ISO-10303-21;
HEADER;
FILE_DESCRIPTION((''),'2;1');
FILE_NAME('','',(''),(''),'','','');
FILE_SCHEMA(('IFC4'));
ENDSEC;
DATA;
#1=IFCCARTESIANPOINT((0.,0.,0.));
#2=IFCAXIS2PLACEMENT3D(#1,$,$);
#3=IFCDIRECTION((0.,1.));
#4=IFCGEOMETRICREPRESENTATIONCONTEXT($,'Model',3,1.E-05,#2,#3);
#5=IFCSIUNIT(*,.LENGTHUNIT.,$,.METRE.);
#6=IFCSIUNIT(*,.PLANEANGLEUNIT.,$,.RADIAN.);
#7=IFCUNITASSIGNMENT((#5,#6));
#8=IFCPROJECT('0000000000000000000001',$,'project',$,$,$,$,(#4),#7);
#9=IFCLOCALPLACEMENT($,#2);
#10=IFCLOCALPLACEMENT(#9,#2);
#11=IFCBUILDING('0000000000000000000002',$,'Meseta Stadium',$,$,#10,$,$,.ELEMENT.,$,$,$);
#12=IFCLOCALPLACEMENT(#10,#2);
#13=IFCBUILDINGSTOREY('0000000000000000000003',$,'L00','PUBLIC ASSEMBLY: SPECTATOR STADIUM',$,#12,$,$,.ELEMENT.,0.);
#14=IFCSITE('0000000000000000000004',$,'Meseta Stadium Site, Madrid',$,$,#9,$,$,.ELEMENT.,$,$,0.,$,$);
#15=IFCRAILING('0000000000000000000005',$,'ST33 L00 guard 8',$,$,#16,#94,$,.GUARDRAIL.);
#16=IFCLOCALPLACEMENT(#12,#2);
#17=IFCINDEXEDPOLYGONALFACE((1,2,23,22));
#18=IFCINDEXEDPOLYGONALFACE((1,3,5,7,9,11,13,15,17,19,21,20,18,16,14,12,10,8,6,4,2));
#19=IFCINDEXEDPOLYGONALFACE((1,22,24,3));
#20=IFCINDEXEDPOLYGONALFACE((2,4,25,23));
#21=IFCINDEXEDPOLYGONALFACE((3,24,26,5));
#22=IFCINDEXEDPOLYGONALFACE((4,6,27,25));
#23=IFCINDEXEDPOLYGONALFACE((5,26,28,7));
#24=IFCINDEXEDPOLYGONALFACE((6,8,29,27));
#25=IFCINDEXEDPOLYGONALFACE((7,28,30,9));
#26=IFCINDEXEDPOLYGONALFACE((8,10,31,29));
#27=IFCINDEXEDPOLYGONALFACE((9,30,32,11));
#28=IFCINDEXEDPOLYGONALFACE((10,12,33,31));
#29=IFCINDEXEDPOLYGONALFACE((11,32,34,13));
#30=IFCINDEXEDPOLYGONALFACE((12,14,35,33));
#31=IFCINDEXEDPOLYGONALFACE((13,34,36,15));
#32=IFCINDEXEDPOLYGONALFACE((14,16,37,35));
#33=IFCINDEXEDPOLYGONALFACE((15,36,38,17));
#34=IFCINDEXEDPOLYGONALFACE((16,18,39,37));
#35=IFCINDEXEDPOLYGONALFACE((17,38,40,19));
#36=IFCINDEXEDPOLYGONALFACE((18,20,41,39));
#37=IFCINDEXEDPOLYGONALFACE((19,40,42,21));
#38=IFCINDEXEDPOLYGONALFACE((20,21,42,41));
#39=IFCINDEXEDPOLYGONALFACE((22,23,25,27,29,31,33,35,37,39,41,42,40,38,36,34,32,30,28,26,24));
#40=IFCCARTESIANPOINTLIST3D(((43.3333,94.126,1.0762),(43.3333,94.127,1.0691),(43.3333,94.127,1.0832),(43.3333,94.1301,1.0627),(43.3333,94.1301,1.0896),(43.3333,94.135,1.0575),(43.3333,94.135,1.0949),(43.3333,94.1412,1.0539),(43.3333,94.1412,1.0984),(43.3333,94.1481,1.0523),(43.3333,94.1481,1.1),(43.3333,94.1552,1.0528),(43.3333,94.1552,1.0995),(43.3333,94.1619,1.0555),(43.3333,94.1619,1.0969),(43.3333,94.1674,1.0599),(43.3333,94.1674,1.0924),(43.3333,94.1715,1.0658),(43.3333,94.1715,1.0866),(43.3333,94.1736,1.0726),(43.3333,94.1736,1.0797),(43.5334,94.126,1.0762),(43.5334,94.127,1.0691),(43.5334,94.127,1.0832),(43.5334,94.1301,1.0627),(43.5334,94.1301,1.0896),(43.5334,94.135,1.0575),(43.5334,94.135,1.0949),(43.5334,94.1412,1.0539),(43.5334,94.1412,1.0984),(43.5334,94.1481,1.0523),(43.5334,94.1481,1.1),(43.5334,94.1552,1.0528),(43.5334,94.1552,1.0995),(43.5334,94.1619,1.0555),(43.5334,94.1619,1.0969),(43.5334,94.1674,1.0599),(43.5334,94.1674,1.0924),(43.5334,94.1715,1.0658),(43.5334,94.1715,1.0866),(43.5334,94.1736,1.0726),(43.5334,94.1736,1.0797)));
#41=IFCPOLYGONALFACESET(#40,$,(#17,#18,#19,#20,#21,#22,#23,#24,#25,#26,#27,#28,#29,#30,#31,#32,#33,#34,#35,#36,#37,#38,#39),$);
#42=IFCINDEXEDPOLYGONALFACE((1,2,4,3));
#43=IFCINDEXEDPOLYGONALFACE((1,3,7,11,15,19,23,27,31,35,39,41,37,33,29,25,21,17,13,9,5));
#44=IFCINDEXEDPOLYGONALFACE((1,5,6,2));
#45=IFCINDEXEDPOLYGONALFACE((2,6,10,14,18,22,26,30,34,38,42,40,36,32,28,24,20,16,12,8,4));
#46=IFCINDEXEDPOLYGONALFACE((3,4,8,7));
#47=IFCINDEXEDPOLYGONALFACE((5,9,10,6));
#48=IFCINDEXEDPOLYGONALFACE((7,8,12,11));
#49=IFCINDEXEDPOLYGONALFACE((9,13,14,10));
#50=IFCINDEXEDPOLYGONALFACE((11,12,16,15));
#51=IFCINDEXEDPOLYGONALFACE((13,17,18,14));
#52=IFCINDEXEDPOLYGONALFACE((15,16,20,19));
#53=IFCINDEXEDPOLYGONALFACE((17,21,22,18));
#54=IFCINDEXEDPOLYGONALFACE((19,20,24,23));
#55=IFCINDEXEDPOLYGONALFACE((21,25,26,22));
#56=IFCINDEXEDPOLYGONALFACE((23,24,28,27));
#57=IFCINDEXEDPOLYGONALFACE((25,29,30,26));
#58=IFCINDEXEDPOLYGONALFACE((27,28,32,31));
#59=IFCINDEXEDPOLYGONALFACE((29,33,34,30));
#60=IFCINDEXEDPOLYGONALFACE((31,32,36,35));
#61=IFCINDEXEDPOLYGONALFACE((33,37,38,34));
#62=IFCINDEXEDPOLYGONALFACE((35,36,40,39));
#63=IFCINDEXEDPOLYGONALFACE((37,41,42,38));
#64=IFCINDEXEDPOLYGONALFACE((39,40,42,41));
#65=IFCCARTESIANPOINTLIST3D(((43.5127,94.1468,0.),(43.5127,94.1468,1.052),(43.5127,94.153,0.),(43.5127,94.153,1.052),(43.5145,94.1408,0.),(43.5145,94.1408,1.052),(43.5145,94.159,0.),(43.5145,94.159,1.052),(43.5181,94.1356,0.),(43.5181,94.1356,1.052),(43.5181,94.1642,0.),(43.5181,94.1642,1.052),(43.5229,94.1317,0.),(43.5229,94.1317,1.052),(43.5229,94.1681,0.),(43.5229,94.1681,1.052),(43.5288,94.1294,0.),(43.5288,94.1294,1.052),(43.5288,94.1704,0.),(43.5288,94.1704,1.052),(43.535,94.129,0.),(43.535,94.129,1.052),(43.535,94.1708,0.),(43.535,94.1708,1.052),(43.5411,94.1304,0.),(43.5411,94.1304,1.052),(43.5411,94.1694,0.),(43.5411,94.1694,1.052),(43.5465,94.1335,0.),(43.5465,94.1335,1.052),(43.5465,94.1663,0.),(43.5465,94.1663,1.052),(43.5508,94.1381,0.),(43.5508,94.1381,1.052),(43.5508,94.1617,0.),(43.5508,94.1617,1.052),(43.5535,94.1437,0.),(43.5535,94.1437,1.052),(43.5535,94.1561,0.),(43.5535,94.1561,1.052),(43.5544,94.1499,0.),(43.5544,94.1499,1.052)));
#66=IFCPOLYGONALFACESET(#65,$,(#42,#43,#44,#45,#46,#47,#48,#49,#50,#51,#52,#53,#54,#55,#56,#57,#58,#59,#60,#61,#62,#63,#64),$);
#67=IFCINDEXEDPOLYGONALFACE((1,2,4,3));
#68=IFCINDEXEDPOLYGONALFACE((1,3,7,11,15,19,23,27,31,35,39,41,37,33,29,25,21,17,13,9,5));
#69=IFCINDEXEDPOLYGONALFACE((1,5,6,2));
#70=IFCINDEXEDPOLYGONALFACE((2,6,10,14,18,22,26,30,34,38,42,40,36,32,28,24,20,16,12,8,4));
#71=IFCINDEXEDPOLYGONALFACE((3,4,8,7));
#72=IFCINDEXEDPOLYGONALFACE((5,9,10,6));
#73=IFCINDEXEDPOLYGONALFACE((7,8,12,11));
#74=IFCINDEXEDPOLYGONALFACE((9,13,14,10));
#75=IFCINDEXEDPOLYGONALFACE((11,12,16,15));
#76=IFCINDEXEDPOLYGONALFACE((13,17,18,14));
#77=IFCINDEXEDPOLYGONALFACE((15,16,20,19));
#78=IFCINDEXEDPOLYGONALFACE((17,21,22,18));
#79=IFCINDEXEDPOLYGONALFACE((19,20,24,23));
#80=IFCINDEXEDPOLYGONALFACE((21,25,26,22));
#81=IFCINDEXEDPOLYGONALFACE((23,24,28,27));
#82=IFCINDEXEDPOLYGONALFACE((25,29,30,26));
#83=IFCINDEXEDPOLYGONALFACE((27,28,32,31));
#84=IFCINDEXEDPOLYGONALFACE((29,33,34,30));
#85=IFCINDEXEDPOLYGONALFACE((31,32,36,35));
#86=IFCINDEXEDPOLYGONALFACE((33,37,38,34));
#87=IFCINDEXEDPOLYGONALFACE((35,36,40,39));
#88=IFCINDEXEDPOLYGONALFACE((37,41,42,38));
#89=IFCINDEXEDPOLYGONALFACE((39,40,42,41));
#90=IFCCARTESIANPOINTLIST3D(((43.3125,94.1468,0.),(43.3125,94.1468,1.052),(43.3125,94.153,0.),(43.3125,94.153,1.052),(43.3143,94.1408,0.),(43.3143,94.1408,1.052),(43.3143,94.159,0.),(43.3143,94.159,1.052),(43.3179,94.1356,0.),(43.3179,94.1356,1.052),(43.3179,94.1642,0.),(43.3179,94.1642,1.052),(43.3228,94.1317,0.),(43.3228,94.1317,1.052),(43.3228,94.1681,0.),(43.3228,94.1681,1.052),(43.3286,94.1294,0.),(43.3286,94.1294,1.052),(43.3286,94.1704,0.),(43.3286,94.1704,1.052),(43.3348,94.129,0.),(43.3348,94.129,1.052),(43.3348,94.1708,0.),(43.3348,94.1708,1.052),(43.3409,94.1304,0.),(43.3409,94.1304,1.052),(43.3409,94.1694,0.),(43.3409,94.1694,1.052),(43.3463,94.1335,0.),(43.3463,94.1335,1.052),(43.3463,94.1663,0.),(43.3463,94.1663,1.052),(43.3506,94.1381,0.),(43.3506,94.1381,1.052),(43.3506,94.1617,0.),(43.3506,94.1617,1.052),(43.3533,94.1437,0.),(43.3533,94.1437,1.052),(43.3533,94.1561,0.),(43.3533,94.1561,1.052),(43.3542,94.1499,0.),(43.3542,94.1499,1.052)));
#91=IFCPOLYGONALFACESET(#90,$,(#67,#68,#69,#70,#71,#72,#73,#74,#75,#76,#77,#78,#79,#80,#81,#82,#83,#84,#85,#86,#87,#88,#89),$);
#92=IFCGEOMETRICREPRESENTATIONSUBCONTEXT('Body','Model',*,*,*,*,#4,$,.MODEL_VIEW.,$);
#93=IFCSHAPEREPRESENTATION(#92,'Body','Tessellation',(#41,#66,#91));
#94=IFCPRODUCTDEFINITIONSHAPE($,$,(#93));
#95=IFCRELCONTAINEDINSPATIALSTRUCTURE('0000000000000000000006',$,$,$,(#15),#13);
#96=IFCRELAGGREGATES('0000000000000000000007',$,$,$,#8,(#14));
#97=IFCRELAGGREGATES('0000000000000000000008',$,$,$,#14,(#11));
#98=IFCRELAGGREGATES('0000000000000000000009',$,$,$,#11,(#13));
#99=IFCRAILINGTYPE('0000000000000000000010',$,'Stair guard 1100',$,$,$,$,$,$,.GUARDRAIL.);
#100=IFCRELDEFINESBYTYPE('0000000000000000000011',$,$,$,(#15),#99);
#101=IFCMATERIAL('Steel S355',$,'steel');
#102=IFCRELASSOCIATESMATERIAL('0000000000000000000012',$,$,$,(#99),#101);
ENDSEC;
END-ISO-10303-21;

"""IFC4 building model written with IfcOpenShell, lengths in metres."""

from ifc_helpers import new_model, si_unit, direction, frame, origin, origin_2d, place, context, subcontext, project, spatial, circle, extrude, material, type_object, element, save


model = new_model("IFC4")

# Units and contexts
model_context = context("Model", 3, precision=1e-05, world=origin(), true_north=direction((0.0, 1.0)))
body_context = subcontext(model_context, "Body", "Model", "MODEL_VIEW")
ifc_project = project(units=[si_unit("LENGTHUNIT", "METRE"), si_unit("PLANEANGLEUNIT", "RADIAN")], contexts=[model_context])

# Site, building, storey
site_placement = place(None, origin())
site = spatial("IfcSite", under=ifc_project, at=site_placement, Name="Meseta Stadium Site, Madrid", CompositionType="ELEMENT", RefElevation=0.0)
building_placement = place(site_placement, origin())
building = spatial("IfcBuilding", under=site, at=building_placement, Name="Meseta Stadium", CompositionType="ELEMENT")
storey_placement = place(building_placement, origin())
storey = spatial("IfcBuildingStorey", under=building, at=storey_placement, Name="L00", Description="PUBLIC ASSEMBLY: SPECTATOR STADIUM", CompositionType="ELEMENT", Elevation=0.0)

# Railing
ifc_material_1 = material(Name="Steel S355", Category="steel")
railing_type_1 = type_object("IfcRailingType", Name="Stair guard 1100", PredefinedType="GUARDRAIL", material=ifc_material_1)
railing_1_placement = place(storey_placement, frame((43.5334, 94.1499, 0.0)))
element("IfcRailing", 1, at=railing_1_placement, inside=storey, type_object=railing_type_1, Name="ST33 L00 guard 8", PredefinedType="GUARDRAIL", context=body_context, shape_type="SweptSolid", body=[
    extrude(circle(Radius=0.0239, at=origin_2d()), frame((0.0, 0.0, 1.0762), z_axis=(-1.0, 0.0, 0.0), x_axis=(0.0, -1.0, 0.0)), (0.0, 0.0, 1.0), 0.2002),
    extrude(circle(Radius=0.021, at=origin_2d()), origin(), (0.0, 0.0, 1.0), 1.052),
    extrude(circle(Radius=0.021, at=origin_2d()), frame((-0.2002, 0.0, 0.0)), (0.0, 0.0, 1.0), 1.052),
])

save(model, "model.ifc")
